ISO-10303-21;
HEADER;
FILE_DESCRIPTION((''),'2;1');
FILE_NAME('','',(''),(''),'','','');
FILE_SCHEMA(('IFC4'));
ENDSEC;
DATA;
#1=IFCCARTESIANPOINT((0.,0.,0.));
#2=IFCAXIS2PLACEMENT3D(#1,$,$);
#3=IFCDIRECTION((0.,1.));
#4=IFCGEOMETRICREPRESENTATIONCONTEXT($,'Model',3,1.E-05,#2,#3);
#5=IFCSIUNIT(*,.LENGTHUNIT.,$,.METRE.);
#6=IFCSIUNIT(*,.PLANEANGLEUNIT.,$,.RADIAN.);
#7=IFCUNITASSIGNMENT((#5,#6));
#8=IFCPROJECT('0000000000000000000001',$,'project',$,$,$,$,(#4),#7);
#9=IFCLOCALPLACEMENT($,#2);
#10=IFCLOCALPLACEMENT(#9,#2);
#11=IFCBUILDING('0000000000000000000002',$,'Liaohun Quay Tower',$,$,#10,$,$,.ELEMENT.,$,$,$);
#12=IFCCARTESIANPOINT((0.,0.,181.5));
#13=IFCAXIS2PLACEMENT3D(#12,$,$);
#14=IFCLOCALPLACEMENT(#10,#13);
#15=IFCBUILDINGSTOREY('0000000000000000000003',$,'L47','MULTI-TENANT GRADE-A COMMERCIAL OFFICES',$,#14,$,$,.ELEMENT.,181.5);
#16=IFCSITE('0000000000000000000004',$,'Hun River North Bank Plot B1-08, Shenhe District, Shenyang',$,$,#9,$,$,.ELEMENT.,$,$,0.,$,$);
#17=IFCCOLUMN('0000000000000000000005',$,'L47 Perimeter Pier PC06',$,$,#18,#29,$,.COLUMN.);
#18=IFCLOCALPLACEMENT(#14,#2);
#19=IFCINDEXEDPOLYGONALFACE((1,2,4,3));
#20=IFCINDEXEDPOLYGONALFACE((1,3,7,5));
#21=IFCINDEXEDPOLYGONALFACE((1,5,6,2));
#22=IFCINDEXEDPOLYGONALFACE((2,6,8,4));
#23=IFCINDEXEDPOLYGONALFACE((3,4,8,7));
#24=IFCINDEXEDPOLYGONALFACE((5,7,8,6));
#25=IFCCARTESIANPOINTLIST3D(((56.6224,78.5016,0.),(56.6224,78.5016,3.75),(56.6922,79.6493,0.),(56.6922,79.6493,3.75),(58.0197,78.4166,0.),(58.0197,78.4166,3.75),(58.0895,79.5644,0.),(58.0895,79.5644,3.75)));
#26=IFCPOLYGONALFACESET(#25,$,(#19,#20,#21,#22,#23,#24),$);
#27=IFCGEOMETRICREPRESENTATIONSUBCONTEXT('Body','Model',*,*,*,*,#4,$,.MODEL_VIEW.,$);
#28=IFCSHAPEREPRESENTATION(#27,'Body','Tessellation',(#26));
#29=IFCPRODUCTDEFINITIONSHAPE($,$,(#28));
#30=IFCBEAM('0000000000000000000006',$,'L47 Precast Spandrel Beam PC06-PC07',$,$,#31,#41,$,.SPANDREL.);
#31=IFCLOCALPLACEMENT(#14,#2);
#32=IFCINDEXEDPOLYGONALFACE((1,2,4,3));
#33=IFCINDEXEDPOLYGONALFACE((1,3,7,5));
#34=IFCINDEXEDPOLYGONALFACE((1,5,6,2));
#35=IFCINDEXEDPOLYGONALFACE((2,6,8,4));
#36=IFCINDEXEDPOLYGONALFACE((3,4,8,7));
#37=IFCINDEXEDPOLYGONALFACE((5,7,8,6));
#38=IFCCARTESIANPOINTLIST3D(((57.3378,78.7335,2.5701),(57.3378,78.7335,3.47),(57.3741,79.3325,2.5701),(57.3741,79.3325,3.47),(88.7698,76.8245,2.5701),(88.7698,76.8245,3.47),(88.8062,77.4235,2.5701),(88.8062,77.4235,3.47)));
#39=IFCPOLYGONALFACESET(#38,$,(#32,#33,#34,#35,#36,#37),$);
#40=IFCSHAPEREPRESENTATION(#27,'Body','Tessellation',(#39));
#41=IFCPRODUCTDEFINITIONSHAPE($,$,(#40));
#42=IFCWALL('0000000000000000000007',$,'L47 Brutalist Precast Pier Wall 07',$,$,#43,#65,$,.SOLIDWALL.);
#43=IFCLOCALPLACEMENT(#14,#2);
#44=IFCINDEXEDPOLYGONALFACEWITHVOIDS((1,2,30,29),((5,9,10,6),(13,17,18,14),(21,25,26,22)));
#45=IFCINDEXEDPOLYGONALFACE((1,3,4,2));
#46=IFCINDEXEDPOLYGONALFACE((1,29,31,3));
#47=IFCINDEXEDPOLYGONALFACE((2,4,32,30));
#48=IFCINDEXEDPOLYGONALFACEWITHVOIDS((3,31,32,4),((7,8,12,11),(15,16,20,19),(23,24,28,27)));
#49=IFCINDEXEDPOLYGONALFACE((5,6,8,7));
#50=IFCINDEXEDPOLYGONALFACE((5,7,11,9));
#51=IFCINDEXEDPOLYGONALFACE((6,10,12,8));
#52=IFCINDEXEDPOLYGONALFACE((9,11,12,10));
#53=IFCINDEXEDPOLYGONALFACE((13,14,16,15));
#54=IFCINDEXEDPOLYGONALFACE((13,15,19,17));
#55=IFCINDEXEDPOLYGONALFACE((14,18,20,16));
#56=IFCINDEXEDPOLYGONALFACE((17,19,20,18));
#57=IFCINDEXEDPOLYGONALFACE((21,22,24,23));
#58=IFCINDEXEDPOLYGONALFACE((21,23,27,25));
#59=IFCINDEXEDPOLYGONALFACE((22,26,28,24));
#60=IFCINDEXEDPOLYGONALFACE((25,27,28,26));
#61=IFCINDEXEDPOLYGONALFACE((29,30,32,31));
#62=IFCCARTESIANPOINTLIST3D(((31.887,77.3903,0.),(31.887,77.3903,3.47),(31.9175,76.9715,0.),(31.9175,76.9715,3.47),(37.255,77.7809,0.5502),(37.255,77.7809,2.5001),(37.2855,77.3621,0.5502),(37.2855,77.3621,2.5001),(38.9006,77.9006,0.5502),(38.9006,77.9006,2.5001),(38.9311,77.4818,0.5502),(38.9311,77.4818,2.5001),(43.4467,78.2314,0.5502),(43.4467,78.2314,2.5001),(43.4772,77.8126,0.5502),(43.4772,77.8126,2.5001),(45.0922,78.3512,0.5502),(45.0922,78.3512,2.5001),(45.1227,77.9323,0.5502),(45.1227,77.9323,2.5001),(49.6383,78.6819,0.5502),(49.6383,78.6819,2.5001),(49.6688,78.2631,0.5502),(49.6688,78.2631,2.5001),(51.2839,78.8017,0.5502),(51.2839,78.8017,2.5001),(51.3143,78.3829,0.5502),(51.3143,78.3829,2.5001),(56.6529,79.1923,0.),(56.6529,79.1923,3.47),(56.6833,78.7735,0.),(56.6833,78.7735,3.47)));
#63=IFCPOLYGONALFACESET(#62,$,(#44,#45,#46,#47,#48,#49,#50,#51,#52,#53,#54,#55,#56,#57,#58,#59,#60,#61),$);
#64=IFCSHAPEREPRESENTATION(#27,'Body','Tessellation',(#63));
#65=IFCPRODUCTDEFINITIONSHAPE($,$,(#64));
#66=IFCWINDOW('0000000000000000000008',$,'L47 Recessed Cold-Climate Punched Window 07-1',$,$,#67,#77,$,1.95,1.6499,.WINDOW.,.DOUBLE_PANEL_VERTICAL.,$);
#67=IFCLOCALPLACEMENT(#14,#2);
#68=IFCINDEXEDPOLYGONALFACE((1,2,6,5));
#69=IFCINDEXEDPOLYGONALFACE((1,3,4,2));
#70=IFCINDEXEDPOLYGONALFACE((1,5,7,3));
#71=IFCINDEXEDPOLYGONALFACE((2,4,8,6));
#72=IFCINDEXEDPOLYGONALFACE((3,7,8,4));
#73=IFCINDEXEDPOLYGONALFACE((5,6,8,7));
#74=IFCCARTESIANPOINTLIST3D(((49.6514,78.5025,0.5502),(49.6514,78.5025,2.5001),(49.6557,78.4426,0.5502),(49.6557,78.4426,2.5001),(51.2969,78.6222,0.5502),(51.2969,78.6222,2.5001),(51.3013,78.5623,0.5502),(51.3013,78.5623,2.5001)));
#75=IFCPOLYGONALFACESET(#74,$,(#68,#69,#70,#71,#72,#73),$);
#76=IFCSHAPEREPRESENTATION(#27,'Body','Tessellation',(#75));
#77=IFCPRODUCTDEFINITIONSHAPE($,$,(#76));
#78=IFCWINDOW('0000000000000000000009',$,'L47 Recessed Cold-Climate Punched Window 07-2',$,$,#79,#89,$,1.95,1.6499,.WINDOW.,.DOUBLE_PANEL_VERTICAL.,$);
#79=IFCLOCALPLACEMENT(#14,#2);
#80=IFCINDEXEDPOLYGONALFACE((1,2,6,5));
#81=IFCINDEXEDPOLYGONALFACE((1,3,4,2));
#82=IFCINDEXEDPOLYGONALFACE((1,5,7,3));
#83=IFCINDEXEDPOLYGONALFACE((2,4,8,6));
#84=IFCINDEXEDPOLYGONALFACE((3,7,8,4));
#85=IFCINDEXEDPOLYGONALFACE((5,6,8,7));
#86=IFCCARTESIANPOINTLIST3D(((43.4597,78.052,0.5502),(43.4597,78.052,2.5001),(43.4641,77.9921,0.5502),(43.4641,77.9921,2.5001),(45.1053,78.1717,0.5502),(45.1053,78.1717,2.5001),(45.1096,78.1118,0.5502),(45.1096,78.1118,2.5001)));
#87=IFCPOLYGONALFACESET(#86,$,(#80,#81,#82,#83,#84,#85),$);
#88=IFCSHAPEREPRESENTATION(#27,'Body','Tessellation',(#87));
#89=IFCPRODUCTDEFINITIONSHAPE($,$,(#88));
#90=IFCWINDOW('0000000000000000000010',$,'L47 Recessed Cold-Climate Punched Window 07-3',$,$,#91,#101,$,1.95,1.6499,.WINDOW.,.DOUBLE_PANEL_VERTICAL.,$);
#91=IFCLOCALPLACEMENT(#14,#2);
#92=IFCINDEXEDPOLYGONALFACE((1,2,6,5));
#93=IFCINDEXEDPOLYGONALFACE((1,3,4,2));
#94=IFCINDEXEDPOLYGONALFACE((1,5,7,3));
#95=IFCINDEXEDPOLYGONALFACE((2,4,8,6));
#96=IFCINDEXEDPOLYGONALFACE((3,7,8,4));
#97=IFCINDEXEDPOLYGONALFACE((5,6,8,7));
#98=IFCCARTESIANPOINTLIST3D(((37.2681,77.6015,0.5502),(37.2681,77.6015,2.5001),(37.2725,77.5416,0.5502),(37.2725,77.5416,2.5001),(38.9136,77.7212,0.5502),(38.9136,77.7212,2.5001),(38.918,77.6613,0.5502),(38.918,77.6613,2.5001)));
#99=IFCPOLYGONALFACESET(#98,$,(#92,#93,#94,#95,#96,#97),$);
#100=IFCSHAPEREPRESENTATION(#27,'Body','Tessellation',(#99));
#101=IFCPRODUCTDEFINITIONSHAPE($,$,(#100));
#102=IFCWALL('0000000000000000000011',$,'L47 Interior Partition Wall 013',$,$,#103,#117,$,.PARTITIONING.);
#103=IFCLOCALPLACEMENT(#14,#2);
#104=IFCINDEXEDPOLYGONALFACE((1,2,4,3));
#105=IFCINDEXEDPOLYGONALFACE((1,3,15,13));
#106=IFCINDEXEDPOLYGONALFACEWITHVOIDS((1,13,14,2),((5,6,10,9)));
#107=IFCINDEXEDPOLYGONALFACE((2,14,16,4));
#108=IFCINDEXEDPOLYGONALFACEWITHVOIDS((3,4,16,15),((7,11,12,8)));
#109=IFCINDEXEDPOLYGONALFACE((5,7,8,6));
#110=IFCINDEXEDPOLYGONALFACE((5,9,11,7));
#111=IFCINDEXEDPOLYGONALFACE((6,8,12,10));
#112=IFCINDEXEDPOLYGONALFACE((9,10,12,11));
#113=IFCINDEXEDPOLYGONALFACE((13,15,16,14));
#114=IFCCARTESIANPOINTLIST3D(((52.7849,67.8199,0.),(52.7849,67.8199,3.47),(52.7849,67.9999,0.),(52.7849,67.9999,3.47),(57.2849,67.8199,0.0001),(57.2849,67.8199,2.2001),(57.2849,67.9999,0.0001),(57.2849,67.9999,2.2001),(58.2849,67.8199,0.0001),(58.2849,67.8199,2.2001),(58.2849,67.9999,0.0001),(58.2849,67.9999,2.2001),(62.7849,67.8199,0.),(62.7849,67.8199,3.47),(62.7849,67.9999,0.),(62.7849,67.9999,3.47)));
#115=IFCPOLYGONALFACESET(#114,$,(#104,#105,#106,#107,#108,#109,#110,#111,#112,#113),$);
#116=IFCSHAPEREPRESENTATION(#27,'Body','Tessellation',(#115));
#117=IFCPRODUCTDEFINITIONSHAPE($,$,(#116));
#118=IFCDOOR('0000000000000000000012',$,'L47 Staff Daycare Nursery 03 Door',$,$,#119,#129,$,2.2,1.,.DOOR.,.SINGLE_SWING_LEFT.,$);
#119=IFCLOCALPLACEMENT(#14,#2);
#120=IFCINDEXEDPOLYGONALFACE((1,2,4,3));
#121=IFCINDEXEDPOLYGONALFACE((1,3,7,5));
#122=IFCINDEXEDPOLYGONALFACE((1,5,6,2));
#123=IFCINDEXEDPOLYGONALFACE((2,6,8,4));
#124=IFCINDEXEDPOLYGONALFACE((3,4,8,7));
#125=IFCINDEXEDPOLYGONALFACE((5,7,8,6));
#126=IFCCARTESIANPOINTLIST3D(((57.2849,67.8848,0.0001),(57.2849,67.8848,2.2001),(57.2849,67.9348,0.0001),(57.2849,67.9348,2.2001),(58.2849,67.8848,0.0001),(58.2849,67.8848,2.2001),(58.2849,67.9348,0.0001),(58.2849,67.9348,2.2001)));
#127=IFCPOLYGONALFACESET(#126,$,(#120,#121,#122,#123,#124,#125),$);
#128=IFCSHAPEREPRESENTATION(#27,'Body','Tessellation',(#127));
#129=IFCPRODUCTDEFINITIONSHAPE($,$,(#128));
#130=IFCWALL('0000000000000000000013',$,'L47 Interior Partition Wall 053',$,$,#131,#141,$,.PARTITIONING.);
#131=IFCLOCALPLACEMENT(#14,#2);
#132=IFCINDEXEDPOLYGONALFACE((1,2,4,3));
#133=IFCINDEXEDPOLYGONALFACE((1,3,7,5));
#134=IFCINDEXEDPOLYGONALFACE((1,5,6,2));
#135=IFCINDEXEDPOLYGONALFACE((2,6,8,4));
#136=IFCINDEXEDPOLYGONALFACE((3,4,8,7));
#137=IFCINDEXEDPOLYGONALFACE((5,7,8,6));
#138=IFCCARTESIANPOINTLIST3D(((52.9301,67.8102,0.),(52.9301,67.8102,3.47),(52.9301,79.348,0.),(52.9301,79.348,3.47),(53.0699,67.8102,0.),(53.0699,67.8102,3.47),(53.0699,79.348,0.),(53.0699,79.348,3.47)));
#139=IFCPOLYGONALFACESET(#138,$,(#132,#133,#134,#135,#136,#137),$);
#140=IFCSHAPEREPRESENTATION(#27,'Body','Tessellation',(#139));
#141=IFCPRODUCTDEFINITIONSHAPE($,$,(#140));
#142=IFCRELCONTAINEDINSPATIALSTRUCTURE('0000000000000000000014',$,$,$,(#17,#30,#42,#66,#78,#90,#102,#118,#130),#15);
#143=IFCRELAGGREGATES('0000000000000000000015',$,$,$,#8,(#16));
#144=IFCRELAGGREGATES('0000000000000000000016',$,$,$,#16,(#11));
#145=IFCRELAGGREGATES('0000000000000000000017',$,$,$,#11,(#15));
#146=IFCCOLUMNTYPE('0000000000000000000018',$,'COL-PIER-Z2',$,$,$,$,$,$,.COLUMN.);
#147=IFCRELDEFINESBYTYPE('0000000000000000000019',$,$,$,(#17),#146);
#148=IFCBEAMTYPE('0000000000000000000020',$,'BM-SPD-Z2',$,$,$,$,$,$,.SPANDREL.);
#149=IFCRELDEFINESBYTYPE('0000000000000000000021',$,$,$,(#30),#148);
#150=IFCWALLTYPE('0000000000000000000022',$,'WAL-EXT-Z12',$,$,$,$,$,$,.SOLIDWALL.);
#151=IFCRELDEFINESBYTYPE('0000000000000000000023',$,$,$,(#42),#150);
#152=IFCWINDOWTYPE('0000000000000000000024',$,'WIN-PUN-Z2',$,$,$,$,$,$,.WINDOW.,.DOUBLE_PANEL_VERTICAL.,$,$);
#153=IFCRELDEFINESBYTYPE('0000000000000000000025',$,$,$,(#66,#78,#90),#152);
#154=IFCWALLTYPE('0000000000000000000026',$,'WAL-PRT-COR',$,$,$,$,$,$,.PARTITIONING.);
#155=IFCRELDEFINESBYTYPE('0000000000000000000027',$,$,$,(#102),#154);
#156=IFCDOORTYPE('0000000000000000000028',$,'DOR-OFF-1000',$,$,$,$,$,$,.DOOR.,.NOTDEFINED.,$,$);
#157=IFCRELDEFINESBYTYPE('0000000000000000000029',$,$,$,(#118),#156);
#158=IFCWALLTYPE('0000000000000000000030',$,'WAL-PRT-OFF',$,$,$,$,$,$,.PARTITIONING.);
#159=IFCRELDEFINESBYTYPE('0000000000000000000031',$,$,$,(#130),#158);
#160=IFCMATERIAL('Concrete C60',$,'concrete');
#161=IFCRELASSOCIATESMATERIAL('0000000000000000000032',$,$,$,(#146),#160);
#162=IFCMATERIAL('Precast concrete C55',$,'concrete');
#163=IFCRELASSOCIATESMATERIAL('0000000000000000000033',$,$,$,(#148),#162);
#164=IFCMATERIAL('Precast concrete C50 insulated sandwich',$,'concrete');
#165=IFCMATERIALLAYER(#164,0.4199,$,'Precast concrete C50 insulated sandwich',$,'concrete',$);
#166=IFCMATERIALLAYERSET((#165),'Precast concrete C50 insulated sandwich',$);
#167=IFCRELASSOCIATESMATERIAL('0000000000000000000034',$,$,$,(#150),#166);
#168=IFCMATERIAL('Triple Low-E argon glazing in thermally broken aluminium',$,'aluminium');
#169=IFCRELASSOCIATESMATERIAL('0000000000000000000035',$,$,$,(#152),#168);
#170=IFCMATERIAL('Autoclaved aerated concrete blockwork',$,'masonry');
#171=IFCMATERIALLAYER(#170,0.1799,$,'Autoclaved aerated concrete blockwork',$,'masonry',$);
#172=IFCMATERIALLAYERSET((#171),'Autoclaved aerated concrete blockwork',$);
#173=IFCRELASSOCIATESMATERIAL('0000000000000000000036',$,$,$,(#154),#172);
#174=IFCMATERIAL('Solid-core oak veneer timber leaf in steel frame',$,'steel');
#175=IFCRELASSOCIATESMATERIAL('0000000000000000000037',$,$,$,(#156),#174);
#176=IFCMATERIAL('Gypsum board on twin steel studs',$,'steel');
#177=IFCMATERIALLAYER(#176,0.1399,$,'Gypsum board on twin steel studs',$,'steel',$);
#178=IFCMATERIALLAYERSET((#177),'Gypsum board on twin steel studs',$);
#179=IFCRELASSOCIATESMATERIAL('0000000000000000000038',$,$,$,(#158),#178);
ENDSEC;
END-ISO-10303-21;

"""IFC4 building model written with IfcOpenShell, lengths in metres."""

from ifc_helpers import new_model, si_unit, direction, frame, frame_2d, origin, origin_2d, place, context, subcontext, project, spatial, rectangle, extrude, source, transform, mapped, material, layer, layer_set, material_profile, profile_set, type_object, element, fill, save


model = new_model("IFC4")

# Units and contexts
model_context = context("Model", 3, precision=1e-05, world=origin(), true_north=direction((0.0, 1.0)))
body_context = subcontext(model_context, "Body", "Model", "MODEL_VIEW")
ifc_project = project(units=[si_unit("LENGTHUNIT", "METRE"), si_unit("PLANEANGLEUNIT", "RADIAN")], contexts=[model_context])

# Site, building, storey
site_placement = place(None, origin())
site = spatial("IfcSite", under=ifc_project, at=site_placement, Name="Hun River North Bank Plot B1-08, Shenhe District, Shenyang", CompositionType="ELEMENT", RefElevation=0.0)
building_placement = place(site_placement, origin())
building = spatial("IfcBuilding", under=site, at=building_placement, Name="Liaohun Quay Tower", CompositionType="ELEMENT")
storey_placement = place(building_placement, frame((0.0, 0.0, 181.5)))
storey = spatial("IfcBuildingStorey", under=building, at=storey_placement, Name="L47", Description="MULTI-TENANT GRADE-A COMMERCIAL OFFICES", CompositionType="ELEMENT", Elevation=181.5)

# Column
ifc_material_1 = material(Name="Concrete C60", Category="concrete")
ifc_material_profile_1 = material_profile(ifc_material_1, rectangle(XDim=1.3999, YDim=1.1499, at=origin_2d()), Name="RC1400x1150")
ifc_profile_set_1 = profile_set([ifc_material_profile_1], Name="Concrete C60")
column_type = type_object("IfcColumnType", Name="COL-PIER-Z2", PredefinedType="COLUMN", material=ifc_profile_set_1)
shared_shape_1 = source(origin(), body_context, "Body", "SweptSolid", [
    extrude(rectangle(XDim=1.3999, YDim=1.1499, at=origin_2d()), origin(), (0.0, 0.0, 1.0), 3.75),
])
column_placement = place(storey_placement, frame((57.356, 79.033, 0.0), z_axis=(0.0, 0.0, 1.0), x_axis=(-0.998156, 0.0607, 0.0)))
element("IfcColumn", 1, at=column_placement, inside=storey, type_object=column_type, Name="L47 Perimeter Pier PC06", PredefinedType="COLUMN", context=body_context, shape_type="MappedRepresentation", body=[
    mapped(shared_shape_1, transform((0.0, 0.0, 0.0), x_axis=(1.0, 0.0, 0.0), y_axis=(0.0, 1.0, 0.0), z_axis=(0.0, 0.0, 1.0), scale=1.0)),
])

# Beam
ifc_material_2 = material(Name="Precast concrete C55", Category="concrete")
ifc_material_profile_2 = material_profile(ifc_material_2, rectangle(XDim=0.6001, YDim=0.8999, at=origin_2d()), Name="RC600x900")
ifc_profile_set_2 = profile_set([ifc_material_profile_2], Name="Precast concrete C55")
beam_type = type_object("IfcBeamType", Name="BM-SPD-Z2", PredefinedType="SPANDREL", material=ifc_profile_set_2)
shared_shape_2 = source(origin(), body_context, "Body", "SweptSolid", [
    extrude(rectangle(XDim=0.6001, YDim=0.8999, at=origin_2d()), origin(), (0.0, 0.0, 1.0), 31.49),
])
beam_placement = place(storey_placement, frame((57.356, 79.033, 3.02), z_axis=(0.998161, -0.06062, 0.0), x_axis=(0.06062, 0.998161, 0.0)))
element("IfcBeam", 2, at=beam_placement, inside=storey, type_object=beam_type, Name="L47 Precast Spandrel Beam PC06-PC07", PredefinedType="SPANDREL", context=body_context, shape_type="MappedRepresentation", body=[
    mapped(shared_shape_2, transform((0.0, 0.0, 0.0), x_axis=(1.0, 0.0, 0.0), y_axis=(0.0, 1.0, 0.0), z_axis=(0.0, 0.0, 1.0), scale=1.0)),
])

# Wall, openings, windows
ifc_material_3 = material(Name="Precast concrete C50 insulated sandwich", Category="concrete")
ifc_layer_1 = layer(ifc_material_3, 0.4199, Name="Precast concrete C50 insulated sandwich", Category="concrete")
ifc_layer_set_1 = layer_set([ifc_layer_1], Name="Precast concrete C50 insulated sandwich")
wall_type_1 = type_object("IfcWallType", Name="WAL-EXT-Z12", PredefinedType="SOLIDWALL", material=ifc_layer_set_1)
wall_1_placement = place(storey_placement, frame((56.668, 78.9829, 0.0), z_axis=(0.0, 0.0, 1.0), x_axis=(-0.997363, -0.07257, 0.0)))
wall_1 = element("IfcWall", 3, at=wall_1_placement, inside=storey, type_object=wall_type_1, Name="L47 Brutalist Precast Pier Wall 07", PredefinedType="SOLIDWALL", context=body_context, shape_type="SweptSolid", body=[
    extrude(rectangle(XDim=24.8313, YDim=0.4199, at=frame_2d((12.4155, 0.0))), origin(), (0.0, 0.0, 1.0), 3.47),
])
shared_shape_3 = source(origin(), body_context, "Body", "SweptSolid", [
    extrude(rectangle(XDim=1.6499, YDim=1.95, at=frame_2d((0.825, 0.9751))), frame((0.0, 0.22, 0.0), z_axis=(0.0, -1.0, 0.0), x_axis=(1.0, 0.0, 0.0)), (0.0, 0.0, 1.0), 0.4399),
])
opening_1_placement = place(wall_1_placement, frame((5.3831, 0.0, 0.55)))
opening_1 = element("IfcOpeningElement", 4, at=opening_1_placement, cuts=wall_1, PredefinedType="OPENING", context=body_context, shape_type="MappedRepresentation", body=[
    mapped(shared_shape_3, transform((0.0, 0.0, 0.0), x_axis=(1.0, 0.0, 0.0), y_axis=(0.0, 1.0, 0.0), z_axis=(0.0, 0.0, 1.0), scale=1.0)),
])
opening_2_placement = place(wall_1_placement, frame((11.5911, 0.0, 0.55)))
opening_2 = element("IfcOpeningElement", 5, at=opening_2_placement, cuts=wall_1, PredefinedType="OPENING", context=body_context, shape_type="MappedRepresentation", body=[
    mapped(shared_shape_3, transform((0.0, 0.0, 0.0), x_axis=(1.0, 0.0, 0.0), y_axis=(0.0, 1.0, 0.0), z_axis=(0.0, 0.0, 1.0), scale=1.0)),
])
opening_3_placement = place(wall_1_placement, frame((17.7991, 0.0, 0.55)))
opening_3 = element("IfcOpeningElement", 6, at=opening_3_placement, cuts=wall_1, PredefinedType="OPENING", context=body_context, shape_type="MappedRepresentation", body=[
    mapped(shared_shape_3, transform((0.0, 0.0, 0.0), x_axis=(1.0, 0.0, 0.0), y_axis=(0.0, 1.0, 0.0), z_axis=(0.0, 0.0, 1.0), scale=1.0)),
])
ifc_material_4 = material(Name="Triple Low-E argon glazing in thermally broken aluminium", Category="aluminium")
window_type = type_object("IfcWindowType", Name="WIN-PUN-Z2", PartitioningType="DOUBLE_PANEL_VERTICAL", PredefinedType="WINDOW", material=ifc_material_4)
shared_shape_4 = source(origin(), body_context, "Body", "SweptSolid", [
    extrude(rectangle(XDim=1.6499, YDim=1.95, at=frame_2d((0.825, 0.9751))), frame((0.0, 0.03, 0.0), z_axis=(0.0, -1.0, 0.0), x_axis=(1.0, 0.0, 0.0)), (0.0, 0.0, 1.0), 0.0601),
])
window_1_placement = place(opening_1_placement, origin())
window_1 = element("IfcWindow", 7, at=window_1_placement, inside=storey, type_object=window_type, Name="L47 Recessed Cold-Climate Punched Window 07-1", OverallHeight=1.95, OverallWidth=1.6499, PartitioningType="DOUBLE_PANEL_VERTICAL", PredefinedType="WINDOW", context=body_context, shape_type="MappedRepresentation", body=[
    mapped(shared_shape_4, transform((0.0, 0.0, 0.0), x_axis=(1.0, 0.0, 0.0), y_axis=(0.0, 1.0, 0.0), z_axis=(0.0, 0.0, 1.0), scale=1.0)),
])
fill(opening_1, window_1)
window_2_placement = place(opening_2_placement, origin())
window_2 = element("IfcWindow", 8, at=window_2_placement, inside=storey, type_object=window_type, Name="L47 Recessed Cold-Climate Punched Window 07-2", OverallHeight=1.95, OverallWidth=1.6499, PartitioningType="DOUBLE_PANEL_VERTICAL", PredefinedType="WINDOW", context=body_context, shape_type="MappedRepresentation", body=[
    mapped(shared_shape_4, transform((0.0, 0.0, 0.0), x_axis=(1.0, 0.0, 0.0), y_axis=(0.0, 1.0, 0.0), z_axis=(0.0, 0.0, 1.0), scale=1.0)),
])
fill(opening_2, window_2)
window_3_placement = place(opening_3_placement, origin())
window_3 = element("IfcWindow", 9, at=window_3_placement, inside=storey, type_object=window_type, Name="L47 Recessed Cold-Climate Punched Window 07-3", OverallHeight=1.95, OverallWidth=1.6499, PartitioningType="DOUBLE_PANEL_VERTICAL", PredefinedType="WINDOW", context=body_context, shape_type="MappedRepresentation", body=[
    mapped(shared_shape_4, transform((0.0, 0.0, 0.0), x_axis=(1.0, 0.0, 0.0), y_axis=(0.0, 1.0, 0.0), z_axis=(0.0, 0.0, 1.0), scale=1.0)),
])
fill(opening_3, window_3)

# Wall, opening, door
ifc_material_5 = material(Name="Autoclaved aerated concrete blockwork", Category="masonry")
ifc_layer_2 = layer(ifc_material_5, 0.1799, Name="Autoclaved aerated concrete blockwork", Category="masonry")
ifc_layer_set_2 = layer_set([ifc_layer_2], Name="Autoclaved aerated concrete blockwork")
wall_type_2 = type_object("IfcWallType", Name="WAL-PRT-COR", PredefinedType="PARTITIONING", material=ifc_layer_set_2)
wall_2_placement = place(storey_placement, frame((52.7849, 67.9099, 0.0), z_axis=(0.0, 0.0, 1.0), x_axis=(1.0, 0.0, 0.0)))
wall_2 = element("IfcWall", 10, at=wall_2_placement, inside=storey, type_object=wall_type_2, Name="L47 Interior Partition Wall 013", PredefinedType="PARTITIONING", context=body_context, shape_type="SweptSolid", body=[
    extrude(rectangle(XDim=10.0, YDim=0.1799, at=frame_2d((5.0, 0.0))), origin(), (0.0, 0.0, 1.0), 3.47),
])
shared_shape_5 = source(origin(), body_context, "Body", "SweptSolid", [
    extrude(rectangle(XDim=1.0, YDim=2.2, at=frame_2d((0.5, 1.1001))), frame((0.0, 0.0999, 0.0), z_axis=(0.0, -1.0, 0.0), x_axis=(1.0, 0.0, 0.0)), (0.0, 0.0, 1.0), 0.2),
])
opening_4_placement = place(wall_2_placement, frame((4.5, 0.0, 0.0)))
opening_4 = element("IfcOpeningElement", 11, at=opening_4_placement, cuts=wall_2, PredefinedType="OPENING", context=body_context, shape_type="MappedRepresentation", body=[
    mapped(shared_shape_5, transform((0.0, 0.0, 0.0), x_axis=(1.0, 0.0, 0.0), y_axis=(0.0, 1.0, 0.0), z_axis=(0.0, 0.0, 1.0), scale=1.0)),
])
ifc_material_6 = material(Name="Solid-core oak veneer timber leaf in steel frame", Category="steel")
door_type = type_object("IfcDoorType", Name="DOR-OFF-1000", OperationType="NOTDEFINED", PredefinedType="DOOR", material=ifc_material_6)
shared_shape_6 = source(origin(), body_context, "Body", "SweptSolid", [
    extrude(rectangle(XDim=1.0, YDim=2.2, at=frame_2d((0.5, 1.1001))), frame((0.0, 0.0249, 0.0), z_axis=(0.0, -1.0, 0.0), x_axis=(1.0, 0.0, 0.0)), (0.0, 0.0, 1.0), 0.05),
])
door_placement = place(opening_4_placement, origin())
door = element("IfcDoor", 12, at=door_placement, inside=storey, type_object=door_type, Name="L47 Staff Daycare Nursery 03 Door", OperationType="SINGLE_SWING_LEFT", OverallHeight=2.2, OverallWidth=1.0, PredefinedType="DOOR", context=body_context, shape_type="MappedRepresentation", body=[
    mapped(shared_shape_6, transform((0.0, 0.0, 0.0), x_axis=(1.0, 0.0, 0.0), y_axis=(0.0, 1.0, 0.0), z_axis=(0.0, 0.0, 1.0), scale=1.0)),
])
fill(opening_4, door)

# Wall
ifc_material_7 = material(Name="Gypsum board on twin steel studs", Category="steel")
ifc_layer_3 = layer(ifc_material_7, 0.1399, Name="Gypsum board on twin steel studs", Category="steel")
ifc_layer_set_3 = layer_set([ifc_layer_3], Name="Gypsum board on twin steel studs")
wall_type_3 = type_object("IfcWallType", Name="WAL-PRT-OFF", PredefinedType="PARTITIONING", material=ifc_layer_set_3)
wall_3_placement = place(storey_placement, frame((53.0, 67.8101, 0.0), z_axis=(0.0, 0.0, 1.0), x_axis=(0.0, 1.0, 0.0)))
element("IfcWall", 13, at=wall_3_placement, inside=storey, type_object=wall_type_3, Name="L47 Interior Partition Wall 053", PredefinedType="PARTITIONING", context=body_context, shape_type="SweptSolid", body=[
    extrude(rectangle(XDim=11.5378, YDim=0.1399, at=frame_2d((5.769, 0.0))), origin(), (0.0, 0.0, 1.0), 3.47),
])

save(model, "model.ifc")
